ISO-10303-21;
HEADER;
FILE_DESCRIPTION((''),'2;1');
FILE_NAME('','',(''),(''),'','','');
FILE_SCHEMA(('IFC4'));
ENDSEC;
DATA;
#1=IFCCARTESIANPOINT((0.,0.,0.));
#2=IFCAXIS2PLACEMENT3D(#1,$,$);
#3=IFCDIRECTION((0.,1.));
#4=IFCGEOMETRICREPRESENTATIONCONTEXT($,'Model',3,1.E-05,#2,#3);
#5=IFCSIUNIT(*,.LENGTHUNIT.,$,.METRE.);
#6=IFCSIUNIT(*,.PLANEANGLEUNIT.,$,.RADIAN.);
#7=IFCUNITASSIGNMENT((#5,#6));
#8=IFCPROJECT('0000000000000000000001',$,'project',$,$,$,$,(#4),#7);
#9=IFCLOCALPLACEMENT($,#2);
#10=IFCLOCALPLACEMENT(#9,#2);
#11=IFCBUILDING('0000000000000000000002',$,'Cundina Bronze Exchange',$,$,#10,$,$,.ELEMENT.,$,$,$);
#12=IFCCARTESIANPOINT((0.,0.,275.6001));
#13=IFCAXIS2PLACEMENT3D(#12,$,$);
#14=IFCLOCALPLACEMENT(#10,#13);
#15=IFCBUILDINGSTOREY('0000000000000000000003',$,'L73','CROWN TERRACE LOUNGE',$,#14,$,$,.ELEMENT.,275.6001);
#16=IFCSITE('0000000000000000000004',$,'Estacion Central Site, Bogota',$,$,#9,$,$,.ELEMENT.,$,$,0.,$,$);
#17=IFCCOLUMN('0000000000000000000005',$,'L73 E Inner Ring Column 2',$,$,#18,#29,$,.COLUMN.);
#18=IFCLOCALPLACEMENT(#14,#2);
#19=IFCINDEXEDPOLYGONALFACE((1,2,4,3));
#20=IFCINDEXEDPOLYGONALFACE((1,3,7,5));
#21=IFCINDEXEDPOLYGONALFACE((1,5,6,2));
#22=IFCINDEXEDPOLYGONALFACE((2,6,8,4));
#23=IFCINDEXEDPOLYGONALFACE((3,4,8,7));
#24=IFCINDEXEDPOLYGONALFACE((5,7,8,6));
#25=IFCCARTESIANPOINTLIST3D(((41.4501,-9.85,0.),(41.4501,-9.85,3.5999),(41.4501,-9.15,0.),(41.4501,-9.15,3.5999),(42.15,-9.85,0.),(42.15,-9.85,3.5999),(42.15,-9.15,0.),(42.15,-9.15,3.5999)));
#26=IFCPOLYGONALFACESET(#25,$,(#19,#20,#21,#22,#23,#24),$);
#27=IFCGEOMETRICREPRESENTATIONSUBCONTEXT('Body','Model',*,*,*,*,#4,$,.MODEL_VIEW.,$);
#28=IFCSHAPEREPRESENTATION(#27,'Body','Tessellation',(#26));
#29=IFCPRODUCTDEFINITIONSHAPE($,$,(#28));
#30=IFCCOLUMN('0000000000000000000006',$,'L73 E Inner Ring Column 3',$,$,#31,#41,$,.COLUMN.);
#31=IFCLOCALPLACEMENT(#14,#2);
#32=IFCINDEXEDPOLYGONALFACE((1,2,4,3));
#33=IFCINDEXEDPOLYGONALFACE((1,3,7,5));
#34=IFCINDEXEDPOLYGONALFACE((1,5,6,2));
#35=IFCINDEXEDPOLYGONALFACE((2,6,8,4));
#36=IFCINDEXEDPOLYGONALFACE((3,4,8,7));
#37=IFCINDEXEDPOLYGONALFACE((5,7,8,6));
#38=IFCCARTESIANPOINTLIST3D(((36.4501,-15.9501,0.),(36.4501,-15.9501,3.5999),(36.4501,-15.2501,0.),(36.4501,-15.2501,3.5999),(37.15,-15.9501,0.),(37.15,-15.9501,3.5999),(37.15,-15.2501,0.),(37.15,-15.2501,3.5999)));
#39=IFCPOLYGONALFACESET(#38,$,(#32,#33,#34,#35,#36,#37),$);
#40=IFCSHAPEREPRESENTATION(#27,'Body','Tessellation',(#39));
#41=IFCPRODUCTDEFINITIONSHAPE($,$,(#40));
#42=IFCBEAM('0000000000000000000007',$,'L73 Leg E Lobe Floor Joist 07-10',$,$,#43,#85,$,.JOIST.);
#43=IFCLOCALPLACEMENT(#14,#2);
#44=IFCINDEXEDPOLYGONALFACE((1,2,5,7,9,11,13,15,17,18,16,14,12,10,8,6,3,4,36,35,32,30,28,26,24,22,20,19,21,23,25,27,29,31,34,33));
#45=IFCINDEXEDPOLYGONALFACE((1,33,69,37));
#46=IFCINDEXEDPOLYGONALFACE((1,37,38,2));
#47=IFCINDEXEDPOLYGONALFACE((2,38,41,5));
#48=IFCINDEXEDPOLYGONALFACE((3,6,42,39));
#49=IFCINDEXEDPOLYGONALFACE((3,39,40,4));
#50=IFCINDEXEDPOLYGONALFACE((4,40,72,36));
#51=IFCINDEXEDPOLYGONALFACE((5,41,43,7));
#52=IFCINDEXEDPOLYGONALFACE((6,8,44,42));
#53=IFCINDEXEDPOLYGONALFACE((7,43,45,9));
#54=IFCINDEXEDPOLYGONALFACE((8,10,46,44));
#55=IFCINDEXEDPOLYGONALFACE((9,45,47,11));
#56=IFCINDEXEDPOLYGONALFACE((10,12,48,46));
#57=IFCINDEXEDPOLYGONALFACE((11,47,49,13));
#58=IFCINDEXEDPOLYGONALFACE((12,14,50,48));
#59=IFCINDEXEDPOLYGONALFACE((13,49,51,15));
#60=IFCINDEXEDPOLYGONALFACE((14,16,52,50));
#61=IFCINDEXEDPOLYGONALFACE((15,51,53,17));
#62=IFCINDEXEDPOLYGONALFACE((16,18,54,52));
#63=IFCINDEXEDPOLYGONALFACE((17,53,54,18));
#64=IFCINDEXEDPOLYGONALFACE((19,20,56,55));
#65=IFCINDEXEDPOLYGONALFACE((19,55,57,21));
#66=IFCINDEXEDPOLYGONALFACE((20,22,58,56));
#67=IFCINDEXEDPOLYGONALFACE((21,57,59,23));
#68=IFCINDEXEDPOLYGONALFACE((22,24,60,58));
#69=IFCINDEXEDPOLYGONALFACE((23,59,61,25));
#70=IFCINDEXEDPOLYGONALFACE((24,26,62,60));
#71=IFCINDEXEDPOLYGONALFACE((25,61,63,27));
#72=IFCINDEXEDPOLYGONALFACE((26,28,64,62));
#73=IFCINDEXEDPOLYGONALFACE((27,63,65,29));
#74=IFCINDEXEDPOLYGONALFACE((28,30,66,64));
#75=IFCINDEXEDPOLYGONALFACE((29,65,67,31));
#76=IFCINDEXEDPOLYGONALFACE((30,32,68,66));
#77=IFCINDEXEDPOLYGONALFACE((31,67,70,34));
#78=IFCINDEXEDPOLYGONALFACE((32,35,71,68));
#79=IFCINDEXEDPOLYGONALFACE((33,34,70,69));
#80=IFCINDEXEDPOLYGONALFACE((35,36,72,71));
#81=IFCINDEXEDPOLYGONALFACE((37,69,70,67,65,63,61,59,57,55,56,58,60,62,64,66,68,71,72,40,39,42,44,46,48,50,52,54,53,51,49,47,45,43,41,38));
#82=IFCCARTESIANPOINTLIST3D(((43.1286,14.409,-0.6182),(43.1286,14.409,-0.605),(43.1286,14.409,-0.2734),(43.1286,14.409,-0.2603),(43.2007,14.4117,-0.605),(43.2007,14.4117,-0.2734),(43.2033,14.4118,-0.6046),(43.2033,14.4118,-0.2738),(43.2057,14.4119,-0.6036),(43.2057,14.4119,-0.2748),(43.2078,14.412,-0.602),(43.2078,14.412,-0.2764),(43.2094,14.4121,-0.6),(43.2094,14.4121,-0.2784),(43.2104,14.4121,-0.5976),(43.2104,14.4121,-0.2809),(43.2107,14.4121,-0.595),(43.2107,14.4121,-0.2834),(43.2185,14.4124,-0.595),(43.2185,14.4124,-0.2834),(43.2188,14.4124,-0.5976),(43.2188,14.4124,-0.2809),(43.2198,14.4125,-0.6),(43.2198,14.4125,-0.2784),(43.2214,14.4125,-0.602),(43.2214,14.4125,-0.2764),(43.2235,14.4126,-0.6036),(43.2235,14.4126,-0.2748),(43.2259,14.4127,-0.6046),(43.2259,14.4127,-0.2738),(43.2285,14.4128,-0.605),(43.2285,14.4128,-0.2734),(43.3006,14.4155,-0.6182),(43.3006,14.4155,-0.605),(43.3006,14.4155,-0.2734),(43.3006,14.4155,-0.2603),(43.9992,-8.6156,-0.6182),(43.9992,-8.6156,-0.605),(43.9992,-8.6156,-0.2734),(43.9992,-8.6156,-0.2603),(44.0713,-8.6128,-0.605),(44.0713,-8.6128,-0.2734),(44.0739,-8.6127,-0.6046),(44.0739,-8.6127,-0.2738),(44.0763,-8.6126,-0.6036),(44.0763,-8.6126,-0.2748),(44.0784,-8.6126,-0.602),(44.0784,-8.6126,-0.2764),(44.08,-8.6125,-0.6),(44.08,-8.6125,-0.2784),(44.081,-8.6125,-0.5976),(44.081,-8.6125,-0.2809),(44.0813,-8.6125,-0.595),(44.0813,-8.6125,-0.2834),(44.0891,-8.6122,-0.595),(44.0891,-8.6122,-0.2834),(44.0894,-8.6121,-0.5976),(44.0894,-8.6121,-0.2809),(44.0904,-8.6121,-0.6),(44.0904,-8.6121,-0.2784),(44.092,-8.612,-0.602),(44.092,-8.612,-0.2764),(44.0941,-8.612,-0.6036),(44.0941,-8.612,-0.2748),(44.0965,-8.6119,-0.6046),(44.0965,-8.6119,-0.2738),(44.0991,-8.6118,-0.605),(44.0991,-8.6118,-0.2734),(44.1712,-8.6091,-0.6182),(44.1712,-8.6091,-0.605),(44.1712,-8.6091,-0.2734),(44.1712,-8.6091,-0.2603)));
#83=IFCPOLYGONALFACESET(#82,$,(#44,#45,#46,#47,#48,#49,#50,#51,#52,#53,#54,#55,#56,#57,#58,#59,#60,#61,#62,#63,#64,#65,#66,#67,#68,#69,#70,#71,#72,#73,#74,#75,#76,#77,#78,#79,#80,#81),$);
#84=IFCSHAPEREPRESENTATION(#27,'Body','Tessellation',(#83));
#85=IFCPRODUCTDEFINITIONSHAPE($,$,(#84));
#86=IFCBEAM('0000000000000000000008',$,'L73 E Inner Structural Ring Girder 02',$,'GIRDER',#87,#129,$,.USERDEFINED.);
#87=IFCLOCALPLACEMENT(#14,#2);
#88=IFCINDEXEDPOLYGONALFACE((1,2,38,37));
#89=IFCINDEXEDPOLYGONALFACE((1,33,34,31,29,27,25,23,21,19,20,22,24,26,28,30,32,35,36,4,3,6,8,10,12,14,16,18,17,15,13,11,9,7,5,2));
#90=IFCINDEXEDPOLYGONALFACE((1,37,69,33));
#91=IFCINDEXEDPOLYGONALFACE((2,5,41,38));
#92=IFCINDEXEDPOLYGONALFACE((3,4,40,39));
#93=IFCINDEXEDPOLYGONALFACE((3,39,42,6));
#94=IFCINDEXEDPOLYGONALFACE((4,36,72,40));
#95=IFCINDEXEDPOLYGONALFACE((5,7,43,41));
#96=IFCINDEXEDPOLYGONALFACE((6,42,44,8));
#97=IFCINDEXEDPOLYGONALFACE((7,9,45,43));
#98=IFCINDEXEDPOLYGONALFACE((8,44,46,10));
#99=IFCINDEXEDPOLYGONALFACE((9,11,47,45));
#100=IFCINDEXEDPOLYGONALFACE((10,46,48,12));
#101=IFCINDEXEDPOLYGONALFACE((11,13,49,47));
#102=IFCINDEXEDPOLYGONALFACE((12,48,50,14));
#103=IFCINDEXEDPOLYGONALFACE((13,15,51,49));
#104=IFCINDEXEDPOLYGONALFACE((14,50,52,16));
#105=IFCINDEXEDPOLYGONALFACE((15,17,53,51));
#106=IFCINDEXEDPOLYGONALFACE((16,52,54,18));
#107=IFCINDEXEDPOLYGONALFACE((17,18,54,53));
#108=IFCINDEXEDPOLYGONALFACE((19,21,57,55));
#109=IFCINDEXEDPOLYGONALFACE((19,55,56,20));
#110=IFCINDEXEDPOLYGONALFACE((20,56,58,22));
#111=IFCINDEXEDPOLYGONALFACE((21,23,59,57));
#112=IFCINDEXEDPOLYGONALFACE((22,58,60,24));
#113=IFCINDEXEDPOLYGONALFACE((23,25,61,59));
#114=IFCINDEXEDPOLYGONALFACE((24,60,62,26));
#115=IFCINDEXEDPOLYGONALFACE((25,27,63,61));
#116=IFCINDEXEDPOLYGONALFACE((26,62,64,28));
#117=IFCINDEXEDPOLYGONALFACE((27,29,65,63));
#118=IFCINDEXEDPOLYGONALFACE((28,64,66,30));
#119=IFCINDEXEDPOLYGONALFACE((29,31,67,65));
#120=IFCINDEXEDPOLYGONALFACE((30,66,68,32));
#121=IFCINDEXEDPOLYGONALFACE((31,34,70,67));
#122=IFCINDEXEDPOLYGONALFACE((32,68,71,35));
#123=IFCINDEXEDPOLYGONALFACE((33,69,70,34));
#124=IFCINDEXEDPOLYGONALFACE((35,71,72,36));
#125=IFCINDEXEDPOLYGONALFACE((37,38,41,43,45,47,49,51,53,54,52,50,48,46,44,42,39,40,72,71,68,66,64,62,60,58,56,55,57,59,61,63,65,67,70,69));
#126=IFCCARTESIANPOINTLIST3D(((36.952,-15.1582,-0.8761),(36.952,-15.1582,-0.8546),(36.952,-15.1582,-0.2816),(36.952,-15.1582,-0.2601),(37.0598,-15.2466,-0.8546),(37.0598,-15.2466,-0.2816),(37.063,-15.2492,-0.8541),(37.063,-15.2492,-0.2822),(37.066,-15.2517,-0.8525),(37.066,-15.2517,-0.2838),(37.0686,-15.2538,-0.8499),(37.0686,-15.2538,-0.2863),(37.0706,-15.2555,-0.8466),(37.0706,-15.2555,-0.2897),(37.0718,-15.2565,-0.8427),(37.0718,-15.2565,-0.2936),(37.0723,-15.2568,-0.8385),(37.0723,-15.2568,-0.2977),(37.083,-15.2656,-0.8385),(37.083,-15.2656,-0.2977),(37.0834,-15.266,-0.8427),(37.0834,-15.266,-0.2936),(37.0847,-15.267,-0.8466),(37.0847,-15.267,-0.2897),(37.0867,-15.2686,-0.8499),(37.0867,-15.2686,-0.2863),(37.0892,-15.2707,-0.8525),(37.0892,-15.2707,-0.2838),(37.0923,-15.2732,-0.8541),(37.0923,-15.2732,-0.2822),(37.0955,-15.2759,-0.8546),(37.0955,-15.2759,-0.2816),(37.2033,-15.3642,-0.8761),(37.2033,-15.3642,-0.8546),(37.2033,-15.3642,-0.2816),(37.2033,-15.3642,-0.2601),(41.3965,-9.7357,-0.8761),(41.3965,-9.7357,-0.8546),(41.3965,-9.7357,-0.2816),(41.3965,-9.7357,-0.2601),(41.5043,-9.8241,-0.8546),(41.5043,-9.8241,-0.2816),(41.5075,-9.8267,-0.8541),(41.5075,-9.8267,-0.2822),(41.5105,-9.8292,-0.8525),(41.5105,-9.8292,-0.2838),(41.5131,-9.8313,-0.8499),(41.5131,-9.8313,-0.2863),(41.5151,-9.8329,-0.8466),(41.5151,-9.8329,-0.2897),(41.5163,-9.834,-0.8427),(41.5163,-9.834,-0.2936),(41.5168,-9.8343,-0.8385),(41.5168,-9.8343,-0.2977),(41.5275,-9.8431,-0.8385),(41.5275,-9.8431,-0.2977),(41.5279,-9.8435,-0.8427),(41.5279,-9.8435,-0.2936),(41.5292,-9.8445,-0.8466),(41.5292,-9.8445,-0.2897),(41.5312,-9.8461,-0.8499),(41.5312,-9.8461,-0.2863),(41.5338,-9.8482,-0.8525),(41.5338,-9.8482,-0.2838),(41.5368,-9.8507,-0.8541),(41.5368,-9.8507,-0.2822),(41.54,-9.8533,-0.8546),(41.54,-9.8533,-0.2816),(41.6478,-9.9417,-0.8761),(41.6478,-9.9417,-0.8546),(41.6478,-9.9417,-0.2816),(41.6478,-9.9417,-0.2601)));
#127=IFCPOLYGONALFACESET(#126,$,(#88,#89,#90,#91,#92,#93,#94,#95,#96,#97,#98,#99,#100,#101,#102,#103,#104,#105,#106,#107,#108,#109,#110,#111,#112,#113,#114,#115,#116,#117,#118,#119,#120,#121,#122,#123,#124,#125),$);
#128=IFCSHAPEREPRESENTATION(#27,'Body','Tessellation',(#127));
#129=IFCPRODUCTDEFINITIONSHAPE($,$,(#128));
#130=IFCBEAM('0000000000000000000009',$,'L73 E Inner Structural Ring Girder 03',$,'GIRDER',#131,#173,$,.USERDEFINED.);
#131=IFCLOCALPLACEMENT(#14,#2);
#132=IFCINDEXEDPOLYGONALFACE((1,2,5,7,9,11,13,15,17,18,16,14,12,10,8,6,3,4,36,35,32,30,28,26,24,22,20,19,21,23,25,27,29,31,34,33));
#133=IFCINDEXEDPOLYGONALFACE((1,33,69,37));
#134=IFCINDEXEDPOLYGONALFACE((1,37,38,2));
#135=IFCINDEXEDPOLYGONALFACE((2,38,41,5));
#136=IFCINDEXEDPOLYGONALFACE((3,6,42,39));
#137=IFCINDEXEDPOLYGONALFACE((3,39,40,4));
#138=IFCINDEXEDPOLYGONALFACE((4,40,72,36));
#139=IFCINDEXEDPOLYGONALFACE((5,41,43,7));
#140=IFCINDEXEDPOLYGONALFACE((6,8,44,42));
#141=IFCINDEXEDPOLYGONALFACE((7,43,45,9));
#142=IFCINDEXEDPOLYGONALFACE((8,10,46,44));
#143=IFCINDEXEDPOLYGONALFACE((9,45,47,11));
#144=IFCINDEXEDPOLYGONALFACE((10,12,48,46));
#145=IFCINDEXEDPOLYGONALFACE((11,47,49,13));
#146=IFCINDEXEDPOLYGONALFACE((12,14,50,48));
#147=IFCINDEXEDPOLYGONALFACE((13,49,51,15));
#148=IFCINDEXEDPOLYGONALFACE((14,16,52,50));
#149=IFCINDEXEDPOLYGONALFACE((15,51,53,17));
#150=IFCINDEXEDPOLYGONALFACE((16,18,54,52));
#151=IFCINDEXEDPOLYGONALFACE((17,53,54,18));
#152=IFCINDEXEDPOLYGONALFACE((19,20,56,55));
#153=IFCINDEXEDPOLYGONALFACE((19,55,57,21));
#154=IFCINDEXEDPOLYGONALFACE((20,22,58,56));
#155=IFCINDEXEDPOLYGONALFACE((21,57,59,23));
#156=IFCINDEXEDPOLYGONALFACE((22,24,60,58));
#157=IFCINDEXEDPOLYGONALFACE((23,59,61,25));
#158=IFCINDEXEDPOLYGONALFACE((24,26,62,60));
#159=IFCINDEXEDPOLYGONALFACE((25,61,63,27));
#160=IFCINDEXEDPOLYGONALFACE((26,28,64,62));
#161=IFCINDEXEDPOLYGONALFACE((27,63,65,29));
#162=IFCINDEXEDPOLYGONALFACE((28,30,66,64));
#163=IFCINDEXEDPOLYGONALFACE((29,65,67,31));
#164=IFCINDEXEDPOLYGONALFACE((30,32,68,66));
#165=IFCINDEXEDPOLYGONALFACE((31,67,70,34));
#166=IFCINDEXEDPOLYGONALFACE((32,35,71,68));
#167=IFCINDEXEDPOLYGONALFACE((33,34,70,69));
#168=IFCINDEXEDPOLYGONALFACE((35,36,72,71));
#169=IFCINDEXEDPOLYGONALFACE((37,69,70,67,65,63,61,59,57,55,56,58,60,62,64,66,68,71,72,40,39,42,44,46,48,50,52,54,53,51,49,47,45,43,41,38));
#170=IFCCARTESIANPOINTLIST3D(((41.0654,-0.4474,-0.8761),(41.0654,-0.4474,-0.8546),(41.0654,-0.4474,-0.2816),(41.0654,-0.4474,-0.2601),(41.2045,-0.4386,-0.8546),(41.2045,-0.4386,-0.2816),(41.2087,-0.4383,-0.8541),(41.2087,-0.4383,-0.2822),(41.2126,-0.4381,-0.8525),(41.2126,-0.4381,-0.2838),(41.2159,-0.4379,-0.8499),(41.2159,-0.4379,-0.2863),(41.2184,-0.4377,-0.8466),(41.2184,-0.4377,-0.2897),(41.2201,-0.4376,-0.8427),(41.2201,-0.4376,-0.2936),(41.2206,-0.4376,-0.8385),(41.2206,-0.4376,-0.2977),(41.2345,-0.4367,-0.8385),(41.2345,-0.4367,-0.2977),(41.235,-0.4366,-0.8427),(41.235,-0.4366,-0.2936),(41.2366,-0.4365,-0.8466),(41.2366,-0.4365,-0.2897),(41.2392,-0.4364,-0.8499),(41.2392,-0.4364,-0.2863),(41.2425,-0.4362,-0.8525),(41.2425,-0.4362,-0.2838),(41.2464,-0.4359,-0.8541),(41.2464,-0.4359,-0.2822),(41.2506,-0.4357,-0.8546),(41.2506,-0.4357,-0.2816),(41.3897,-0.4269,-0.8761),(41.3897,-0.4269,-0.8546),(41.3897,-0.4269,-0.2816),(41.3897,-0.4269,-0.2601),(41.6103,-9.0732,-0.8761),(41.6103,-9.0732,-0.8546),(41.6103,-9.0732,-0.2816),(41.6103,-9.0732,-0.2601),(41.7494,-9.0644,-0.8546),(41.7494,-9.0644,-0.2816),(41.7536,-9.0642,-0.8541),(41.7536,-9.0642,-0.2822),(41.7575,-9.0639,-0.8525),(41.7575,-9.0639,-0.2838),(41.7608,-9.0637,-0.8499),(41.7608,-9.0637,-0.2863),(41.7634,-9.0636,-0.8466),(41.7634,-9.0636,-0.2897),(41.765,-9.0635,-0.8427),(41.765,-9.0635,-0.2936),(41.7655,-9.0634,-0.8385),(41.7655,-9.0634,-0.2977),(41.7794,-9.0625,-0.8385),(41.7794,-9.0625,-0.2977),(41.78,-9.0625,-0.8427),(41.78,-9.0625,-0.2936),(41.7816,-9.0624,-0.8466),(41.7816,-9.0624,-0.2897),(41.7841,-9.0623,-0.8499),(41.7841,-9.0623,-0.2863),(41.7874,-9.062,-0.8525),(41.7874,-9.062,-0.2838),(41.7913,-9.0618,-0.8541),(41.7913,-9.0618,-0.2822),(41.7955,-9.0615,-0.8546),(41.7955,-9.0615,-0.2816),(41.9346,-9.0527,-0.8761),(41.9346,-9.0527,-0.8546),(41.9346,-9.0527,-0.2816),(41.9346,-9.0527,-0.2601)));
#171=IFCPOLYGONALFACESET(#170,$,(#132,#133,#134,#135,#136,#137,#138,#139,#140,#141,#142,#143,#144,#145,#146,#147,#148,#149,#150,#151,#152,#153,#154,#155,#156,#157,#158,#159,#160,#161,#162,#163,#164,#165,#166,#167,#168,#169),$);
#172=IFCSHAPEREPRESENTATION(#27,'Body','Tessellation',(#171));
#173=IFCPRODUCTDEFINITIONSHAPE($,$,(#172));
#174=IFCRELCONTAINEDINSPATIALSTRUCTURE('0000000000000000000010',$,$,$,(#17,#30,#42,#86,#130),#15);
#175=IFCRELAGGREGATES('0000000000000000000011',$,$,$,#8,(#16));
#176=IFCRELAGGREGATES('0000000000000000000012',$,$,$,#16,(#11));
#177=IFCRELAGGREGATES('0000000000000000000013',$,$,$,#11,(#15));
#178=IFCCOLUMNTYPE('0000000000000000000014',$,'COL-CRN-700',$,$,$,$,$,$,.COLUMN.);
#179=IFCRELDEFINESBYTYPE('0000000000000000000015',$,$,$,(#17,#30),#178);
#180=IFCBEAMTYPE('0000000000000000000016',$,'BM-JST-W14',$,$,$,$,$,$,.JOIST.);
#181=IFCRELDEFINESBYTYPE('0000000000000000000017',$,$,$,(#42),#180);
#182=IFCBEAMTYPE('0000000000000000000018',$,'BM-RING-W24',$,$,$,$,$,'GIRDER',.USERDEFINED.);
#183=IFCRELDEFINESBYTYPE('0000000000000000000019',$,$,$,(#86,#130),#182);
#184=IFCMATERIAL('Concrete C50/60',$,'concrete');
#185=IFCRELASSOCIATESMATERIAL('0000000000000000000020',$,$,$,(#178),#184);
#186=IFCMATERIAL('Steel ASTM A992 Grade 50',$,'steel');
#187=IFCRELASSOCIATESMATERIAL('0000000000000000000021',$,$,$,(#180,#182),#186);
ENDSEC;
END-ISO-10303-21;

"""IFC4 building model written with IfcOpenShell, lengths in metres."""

from ifc_helpers import new_model, si_unit, direction, frame, origin, origin_2d, place, context, subcontext, project, spatial, rectangle, i_section, extrude, material, material_profile, profile_set, type_object, element, save


model = new_model("IFC4")

# Units and contexts
model_context = context("Model", 3, precision=1e-05, world=origin(), true_north=direction((0.0, 1.0)))
body_context = subcontext(model_context, "Body", "Model", "MODEL_VIEW")
ifc_project = project(units=[si_unit("LENGTHUNIT", "METRE"), si_unit("PLANEANGLEUNIT", "RADIAN")], contexts=[model_context])

# Site, building, storey
site_placement = place(None, origin())
site = spatial("IfcSite", under=ifc_project, at=site_placement, Name="Estacion Central Site, Bogota", CompositionType="ELEMENT", RefElevation=0.0)
building_placement = place(site_placement, origin())
building = spatial("IfcBuilding", under=site, at=building_placement, Name="Cundina Bronze Exchange", CompositionType="ELEMENT")
storey_placement = place(building_placement, frame((0.0, 0.0, 275.6001)))
storey = spatial("IfcBuildingStorey", under=building, at=storey_placement, Name="L73", Description="CROWN TERRACE LOUNGE", CompositionType="ELEMENT", Elevation=275.6001)

# Columns
ifc_material_1 = material(Name="Concrete C50/60", Category="concrete")
ifc_material_profile_1 = material_profile(ifc_material_1, rectangle(XDim=0.7, YDim=0.7, at=origin_2d()), Name="RC700X700", Category="concrete")
ifc_profile_set_1 = profile_set([ifc_material_profile_1], Name="Concrete C50/60")
column_type = type_object("IfcColumnType", Name="COL-CRN-700", PredefinedType="COLUMN", material=ifc_profile_set_1)
for number, where, z_axis, x_axis, name in (
    (1, (41.8, -9.5, 0.0), (0.0, 0.0, 1.0), (1.0, 0.0, 0.0), "L73 E Inner Ring Column 2"),
    (2, (36.8, -15.6001, 0.0), (0.0, 0.0, 1.0), (1.0, 0.0, 0.0), "L73 E Inner Ring Column 3"),
):
    element("IfcColumn", number, at=place(storey_placement, frame(where, z_axis=z_axis, x_axis=x_axis)), inside=storey, type_object=column_type, Name=name, PredefinedType="COLUMN", context=body_context, shape_type="SweptSolid", body=[
        extrude(rectangle(XDim=0.7, YDim=0.7, at=origin_2d()), origin(), (0.0, 0.0, 1.0), 3.5999),
    ])

# Beams
ifc_material_2 = material(Name="Steel ASTM A992 Grade 50", Category="steel")
ifc_material_profile_2 = material_profile(ifc_material_2, i_section(OverallWidth=0.1721, OverallDepth=0.3579, WebThickness=0.0078, FlangeThickness=0.0132, FilletRadius=0.01, at=origin_2d()), Name="W14X38", Category="steel")
ifc_profile_set_2 = profile_set([ifc_material_profile_2], Name="Steel ASTM A992 Grade 50")
beam_type_1 = type_object("IfcBeamType", Name="BM-JST-W14", PredefinedType="JOIST", material=ifc_profile_set_2)
beam_1_placement = place(storey_placement, frame((44.0852, -8.6123, -0.4392), z_axis=(-0.037785, 0.999286, 0.0), x_axis=(-0.999286, -0.037785, 0.0)))
element("IfcBeam", 3, at=beam_1_placement, inside=storey, type_object=beam_type_1, Name="L73 Leg E Lobe Floor Joist 07-10", PredefinedType="JOIST", context=body_context, shape_type="SweptSolid", body=[
    extrude(i_section(OverallWidth=0.1721, OverallDepth=0.3579, WebThickness=0.0078, FlangeThickness=0.0132, FilletRadius=0.01, at=origin_2d()), origin(), (0.0, 0.0, 1.0), 23.041),
])
ifc_material_profile_3 = material_profile(ifc_material_2, i_section(OverallWidth=0.325, OverallDepth=0.616, WebThickness=0.0139, FlangeThickness=0.0215, FilletRadius=0.0161, at=origin_2d()), Name="W24X117", Category="steel")
ifc_profile_set_3 = profile_set([ifc_material_profile_3], Name="Steel ASTM A992 Grade 50")
beam_type_2 = type_object("IfcBeamType", Name="BM-RING-W24", ElementType="GIRDER", PredefinedType="USERDEFINED", material=ifc_profile_set_3)
beam_2_placement = place(storey_placement, frame((37.0776, -15.2612, -0.5681), z_axis=(0.633913, 0.773405, 0.0), x_axis=(-0.773405, 0.633913, 0.0)))
element("IfcBeam", 4, at=beam_2_placement, inside=storey, type_object=beam_type_2, Name="L73 E Inner Structural Ring Girder 02", ObjectType="GIRDER", PredefinedType="USERDEFINED", context=body_context, shape_type="SweptSolid", body=[
    extrude(i_section(OverallWidth=0.325, OverallDepth=0.616, WebThickness=0.0139, FlangeThickness=0.0215, FilletRadius=0.0161, at=origin_2d()), origin(), (0.0, 0.0, 1.0), 7.0112),
])
beam_3_placement = place(storey_placement, frame((41.7725, -9.063, -0.5681), z_axis=(-0.063047, 0.998011, 0.0), x_axis=(-0.998011, -0.063047, 0.0)))
element("IfcBeam", 5, at=beam_3_placement, inside=storey, type_object=beam_type_2, Name="L73 E Inner Structural Ring Girder 03", ObjectType="GIRDER", PredefinedType="USERDEFINED", context=body_context, shape_type="SweptSolid", body=[
    extrude(i_section(OverallWidth=0.325, OverallDepth=0.616, WebThickness=0.0139, FlangeThickness=0.0215, FilletRadius=0.0161, at=origin_2d()), origin(), (0.0, 0.0, 1.0), 8.6431),
])

save(model, "model.ifc")
